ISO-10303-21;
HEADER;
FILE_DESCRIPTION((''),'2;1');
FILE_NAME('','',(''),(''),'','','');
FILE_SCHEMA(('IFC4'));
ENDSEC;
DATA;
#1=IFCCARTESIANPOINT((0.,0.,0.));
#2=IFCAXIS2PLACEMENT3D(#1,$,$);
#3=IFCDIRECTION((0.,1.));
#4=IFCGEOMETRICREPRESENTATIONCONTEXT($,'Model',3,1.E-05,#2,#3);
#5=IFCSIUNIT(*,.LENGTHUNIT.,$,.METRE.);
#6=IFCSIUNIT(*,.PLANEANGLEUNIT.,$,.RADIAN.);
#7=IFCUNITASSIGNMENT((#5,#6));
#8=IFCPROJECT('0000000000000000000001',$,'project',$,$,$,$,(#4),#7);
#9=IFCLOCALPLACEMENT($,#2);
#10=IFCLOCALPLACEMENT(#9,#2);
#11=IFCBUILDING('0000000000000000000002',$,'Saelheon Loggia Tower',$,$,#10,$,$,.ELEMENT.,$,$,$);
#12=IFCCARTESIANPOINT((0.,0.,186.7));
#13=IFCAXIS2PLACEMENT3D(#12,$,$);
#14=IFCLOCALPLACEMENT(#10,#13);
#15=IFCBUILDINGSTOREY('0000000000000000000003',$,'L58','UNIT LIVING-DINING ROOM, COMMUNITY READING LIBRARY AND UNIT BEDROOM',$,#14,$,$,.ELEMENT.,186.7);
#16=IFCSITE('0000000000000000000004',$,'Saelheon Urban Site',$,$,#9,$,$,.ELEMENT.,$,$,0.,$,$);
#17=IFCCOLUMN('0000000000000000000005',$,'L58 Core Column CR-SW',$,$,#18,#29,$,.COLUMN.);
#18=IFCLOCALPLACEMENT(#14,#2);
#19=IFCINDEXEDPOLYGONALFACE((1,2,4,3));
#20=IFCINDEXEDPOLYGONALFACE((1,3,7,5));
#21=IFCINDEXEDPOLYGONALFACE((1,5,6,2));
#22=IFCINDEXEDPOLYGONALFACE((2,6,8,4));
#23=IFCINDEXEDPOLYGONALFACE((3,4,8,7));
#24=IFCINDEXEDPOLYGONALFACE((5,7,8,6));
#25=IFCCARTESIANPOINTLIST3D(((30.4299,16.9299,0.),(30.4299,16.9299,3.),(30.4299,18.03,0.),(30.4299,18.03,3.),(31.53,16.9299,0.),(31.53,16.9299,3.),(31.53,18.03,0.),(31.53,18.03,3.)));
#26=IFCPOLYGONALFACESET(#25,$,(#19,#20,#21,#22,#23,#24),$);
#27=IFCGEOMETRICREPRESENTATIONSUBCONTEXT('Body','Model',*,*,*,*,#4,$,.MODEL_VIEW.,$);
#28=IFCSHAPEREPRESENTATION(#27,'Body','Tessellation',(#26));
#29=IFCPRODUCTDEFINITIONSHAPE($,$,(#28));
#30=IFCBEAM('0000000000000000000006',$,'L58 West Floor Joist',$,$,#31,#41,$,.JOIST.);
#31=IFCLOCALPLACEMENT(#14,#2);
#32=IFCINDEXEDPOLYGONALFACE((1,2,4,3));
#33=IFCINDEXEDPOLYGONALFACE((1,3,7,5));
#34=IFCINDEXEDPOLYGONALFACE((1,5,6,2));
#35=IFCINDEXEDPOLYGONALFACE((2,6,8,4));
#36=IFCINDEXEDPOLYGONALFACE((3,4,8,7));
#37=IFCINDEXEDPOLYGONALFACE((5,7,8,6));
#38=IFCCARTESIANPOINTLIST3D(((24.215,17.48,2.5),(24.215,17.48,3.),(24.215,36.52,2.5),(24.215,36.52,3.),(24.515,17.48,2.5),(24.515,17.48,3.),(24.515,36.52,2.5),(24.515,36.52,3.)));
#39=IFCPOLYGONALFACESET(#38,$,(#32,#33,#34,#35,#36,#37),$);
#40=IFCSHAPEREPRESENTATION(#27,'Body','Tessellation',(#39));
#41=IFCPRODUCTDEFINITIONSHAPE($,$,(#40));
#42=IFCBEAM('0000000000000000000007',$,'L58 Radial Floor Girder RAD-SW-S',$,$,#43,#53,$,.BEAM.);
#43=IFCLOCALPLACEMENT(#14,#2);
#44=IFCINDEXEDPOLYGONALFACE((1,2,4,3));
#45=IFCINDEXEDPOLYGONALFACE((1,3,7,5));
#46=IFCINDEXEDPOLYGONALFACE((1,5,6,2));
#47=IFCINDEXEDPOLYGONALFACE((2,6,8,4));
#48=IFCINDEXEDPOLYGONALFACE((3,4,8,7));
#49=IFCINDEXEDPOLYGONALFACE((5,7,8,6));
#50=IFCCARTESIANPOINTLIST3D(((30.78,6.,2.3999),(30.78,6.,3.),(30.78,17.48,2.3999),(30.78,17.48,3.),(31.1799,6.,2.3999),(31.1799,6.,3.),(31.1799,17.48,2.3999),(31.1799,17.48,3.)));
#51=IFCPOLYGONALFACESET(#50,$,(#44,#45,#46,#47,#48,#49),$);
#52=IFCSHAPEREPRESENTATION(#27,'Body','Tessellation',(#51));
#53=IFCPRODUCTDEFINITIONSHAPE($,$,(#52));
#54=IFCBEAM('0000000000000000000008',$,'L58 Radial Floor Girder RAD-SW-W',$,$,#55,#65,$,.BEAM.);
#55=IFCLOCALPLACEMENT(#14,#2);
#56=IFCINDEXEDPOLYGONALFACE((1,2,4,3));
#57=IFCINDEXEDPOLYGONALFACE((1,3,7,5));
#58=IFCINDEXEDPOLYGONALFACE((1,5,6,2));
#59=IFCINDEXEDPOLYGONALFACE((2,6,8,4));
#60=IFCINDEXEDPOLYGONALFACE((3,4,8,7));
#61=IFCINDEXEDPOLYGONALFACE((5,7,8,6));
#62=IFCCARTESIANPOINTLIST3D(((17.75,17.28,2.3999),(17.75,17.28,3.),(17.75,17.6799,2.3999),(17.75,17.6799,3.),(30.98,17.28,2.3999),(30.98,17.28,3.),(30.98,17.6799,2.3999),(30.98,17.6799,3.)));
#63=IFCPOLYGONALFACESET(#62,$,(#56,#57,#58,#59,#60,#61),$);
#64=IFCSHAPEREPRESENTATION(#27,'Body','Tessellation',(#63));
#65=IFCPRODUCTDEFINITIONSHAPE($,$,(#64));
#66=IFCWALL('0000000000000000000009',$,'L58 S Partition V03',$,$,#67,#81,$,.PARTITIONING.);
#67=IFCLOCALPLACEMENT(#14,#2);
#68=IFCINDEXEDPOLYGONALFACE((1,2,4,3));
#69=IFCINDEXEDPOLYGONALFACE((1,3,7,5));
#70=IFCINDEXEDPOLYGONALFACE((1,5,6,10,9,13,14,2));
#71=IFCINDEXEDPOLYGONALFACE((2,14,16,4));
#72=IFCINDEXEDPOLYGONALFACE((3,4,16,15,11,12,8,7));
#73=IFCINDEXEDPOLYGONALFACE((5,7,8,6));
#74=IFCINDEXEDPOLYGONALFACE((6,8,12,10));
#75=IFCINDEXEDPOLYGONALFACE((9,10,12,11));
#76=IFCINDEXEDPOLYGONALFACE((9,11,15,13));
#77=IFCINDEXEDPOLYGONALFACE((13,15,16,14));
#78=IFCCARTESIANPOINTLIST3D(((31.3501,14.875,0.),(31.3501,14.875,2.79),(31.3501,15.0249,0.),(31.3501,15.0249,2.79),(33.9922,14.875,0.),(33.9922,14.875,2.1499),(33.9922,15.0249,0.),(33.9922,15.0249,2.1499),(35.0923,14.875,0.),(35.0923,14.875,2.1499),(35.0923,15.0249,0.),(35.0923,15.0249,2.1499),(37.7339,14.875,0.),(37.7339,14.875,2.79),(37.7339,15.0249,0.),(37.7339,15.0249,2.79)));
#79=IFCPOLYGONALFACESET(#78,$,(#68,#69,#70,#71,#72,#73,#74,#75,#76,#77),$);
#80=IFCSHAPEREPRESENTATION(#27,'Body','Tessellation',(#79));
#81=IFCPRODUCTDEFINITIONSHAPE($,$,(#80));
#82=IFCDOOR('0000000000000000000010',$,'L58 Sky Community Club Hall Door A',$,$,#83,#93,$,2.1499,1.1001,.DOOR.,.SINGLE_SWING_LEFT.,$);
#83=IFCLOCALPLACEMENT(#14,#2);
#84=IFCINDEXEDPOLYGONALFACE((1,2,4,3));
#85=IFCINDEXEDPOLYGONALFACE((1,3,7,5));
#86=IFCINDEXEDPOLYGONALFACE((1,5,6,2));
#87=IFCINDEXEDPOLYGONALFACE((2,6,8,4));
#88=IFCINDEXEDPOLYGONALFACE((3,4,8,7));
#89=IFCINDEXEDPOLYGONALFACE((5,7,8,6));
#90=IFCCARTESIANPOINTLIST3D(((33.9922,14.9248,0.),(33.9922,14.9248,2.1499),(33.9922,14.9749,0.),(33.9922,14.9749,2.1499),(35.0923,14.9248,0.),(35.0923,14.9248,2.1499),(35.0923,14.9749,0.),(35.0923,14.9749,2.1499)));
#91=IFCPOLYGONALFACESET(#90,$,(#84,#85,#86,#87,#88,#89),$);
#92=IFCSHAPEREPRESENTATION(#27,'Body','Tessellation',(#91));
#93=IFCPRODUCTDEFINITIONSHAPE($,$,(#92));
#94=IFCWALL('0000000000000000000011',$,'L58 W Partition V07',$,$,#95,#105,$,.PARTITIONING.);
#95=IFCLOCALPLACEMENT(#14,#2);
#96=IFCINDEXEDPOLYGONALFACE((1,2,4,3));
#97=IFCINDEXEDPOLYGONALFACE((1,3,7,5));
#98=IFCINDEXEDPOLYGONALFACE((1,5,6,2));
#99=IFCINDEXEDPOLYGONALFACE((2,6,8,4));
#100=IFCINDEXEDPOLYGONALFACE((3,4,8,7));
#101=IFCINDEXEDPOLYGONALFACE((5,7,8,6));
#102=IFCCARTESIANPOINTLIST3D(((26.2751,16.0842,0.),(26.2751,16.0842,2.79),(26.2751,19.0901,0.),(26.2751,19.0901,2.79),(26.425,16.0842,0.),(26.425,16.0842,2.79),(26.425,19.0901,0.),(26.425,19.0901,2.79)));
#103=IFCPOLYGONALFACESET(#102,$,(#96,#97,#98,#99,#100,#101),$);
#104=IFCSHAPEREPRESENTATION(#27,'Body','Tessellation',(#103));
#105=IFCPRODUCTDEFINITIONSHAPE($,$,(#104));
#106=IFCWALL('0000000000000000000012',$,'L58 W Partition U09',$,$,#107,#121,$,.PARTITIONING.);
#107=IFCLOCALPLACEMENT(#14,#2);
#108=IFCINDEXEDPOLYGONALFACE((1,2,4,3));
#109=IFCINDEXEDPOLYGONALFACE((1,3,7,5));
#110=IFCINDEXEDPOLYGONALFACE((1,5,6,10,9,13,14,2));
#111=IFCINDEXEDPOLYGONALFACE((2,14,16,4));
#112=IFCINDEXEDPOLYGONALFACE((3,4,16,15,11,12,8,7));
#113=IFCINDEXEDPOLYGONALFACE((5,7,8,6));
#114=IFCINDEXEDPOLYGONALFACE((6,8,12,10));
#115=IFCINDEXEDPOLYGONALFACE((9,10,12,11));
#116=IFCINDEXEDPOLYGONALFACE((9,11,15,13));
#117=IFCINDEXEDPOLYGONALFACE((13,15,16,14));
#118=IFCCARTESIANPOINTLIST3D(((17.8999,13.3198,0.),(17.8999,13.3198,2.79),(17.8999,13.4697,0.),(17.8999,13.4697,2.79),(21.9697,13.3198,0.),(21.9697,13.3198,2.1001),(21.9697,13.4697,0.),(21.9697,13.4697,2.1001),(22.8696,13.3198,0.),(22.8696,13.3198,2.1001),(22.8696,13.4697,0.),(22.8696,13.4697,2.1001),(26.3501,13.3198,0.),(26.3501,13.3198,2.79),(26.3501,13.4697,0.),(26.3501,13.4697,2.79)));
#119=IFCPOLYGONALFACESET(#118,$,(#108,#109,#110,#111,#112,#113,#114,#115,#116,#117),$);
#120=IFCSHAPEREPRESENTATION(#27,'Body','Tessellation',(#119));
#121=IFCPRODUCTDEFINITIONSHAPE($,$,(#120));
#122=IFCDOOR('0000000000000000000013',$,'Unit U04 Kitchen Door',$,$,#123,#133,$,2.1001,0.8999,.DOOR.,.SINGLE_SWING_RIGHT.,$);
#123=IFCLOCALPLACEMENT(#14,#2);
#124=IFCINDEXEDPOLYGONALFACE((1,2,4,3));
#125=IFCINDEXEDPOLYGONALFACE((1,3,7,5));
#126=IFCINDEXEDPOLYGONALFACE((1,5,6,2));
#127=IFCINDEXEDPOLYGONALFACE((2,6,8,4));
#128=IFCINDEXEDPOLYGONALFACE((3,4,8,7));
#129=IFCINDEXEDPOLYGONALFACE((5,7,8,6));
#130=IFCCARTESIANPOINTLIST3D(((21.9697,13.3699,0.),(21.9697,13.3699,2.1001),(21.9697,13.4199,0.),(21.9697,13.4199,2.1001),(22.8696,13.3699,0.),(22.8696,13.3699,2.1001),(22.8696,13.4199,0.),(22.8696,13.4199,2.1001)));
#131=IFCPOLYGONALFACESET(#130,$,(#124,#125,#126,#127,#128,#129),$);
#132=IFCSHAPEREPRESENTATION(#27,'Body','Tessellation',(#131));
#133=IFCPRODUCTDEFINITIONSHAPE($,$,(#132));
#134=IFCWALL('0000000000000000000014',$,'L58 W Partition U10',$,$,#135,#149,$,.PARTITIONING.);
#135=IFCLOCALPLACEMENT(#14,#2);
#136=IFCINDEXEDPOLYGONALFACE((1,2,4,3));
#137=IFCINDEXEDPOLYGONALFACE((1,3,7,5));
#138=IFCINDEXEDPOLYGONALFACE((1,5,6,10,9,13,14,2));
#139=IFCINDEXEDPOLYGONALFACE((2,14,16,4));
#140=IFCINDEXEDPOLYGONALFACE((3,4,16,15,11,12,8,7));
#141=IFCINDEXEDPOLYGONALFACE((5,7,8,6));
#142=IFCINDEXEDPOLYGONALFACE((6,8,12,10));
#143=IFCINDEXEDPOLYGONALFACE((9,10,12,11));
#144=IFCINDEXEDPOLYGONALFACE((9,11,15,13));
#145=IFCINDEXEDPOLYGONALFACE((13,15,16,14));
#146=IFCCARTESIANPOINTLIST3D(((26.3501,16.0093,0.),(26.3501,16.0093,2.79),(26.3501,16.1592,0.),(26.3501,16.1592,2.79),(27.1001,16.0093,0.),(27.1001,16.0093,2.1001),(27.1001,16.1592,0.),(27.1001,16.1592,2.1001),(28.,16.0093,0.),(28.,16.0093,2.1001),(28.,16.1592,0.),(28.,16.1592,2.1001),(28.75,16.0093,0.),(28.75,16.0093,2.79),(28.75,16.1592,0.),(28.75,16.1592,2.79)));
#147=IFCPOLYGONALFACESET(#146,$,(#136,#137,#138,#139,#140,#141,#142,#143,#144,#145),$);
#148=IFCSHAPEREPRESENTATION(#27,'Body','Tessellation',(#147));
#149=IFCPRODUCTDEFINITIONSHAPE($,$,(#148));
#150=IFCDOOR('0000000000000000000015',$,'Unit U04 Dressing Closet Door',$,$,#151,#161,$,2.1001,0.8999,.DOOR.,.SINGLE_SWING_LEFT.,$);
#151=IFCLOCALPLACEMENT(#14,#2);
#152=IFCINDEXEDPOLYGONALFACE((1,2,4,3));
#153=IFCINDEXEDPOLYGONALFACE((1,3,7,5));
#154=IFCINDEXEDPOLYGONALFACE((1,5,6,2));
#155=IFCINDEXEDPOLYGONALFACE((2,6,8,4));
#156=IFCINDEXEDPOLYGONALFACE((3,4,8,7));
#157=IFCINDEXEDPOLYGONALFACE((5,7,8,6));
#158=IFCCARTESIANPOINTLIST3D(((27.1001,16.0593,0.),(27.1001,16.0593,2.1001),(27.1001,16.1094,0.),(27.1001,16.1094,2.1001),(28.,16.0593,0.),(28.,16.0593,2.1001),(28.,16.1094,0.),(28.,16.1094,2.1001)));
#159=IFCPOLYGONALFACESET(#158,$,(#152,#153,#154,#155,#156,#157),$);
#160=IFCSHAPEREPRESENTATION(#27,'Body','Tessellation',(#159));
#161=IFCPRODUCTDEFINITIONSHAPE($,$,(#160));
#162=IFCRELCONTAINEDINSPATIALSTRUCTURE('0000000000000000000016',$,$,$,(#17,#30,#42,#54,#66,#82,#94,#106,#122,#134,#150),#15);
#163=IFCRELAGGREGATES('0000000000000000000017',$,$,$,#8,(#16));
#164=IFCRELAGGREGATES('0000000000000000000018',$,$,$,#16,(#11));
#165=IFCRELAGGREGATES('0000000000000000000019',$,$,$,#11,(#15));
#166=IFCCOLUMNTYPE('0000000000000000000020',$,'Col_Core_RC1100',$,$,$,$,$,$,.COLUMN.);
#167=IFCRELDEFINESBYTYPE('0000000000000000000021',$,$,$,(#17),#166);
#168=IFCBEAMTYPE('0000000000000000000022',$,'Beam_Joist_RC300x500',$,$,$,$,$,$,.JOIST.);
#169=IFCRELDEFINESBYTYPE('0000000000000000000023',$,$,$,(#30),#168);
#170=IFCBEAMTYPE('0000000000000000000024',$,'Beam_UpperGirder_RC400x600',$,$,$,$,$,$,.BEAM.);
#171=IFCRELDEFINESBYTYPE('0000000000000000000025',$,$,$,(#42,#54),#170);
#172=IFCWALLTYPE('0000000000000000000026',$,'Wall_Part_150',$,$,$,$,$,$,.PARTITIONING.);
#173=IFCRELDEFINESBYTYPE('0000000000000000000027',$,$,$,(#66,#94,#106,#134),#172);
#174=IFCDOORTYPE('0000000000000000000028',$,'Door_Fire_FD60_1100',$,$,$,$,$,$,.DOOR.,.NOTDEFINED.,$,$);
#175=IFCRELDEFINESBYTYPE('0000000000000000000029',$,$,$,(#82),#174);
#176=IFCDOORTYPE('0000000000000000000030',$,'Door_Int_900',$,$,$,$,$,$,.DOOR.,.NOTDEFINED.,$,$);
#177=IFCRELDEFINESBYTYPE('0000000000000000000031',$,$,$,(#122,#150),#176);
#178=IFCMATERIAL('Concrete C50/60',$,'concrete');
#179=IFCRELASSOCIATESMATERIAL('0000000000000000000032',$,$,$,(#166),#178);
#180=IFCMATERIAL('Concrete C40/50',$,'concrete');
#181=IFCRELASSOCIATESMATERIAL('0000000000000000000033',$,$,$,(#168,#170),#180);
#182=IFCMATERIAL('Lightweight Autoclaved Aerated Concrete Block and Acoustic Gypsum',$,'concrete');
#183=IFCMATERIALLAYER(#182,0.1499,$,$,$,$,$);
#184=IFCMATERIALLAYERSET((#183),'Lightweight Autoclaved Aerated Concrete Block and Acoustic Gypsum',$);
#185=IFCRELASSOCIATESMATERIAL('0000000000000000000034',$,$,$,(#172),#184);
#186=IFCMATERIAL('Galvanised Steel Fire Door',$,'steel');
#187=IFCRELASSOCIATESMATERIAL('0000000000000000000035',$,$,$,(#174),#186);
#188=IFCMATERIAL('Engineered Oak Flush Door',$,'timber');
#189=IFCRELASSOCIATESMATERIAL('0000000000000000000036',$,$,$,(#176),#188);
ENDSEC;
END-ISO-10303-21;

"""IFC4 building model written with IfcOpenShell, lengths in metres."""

from ifc_helpers import new_model, si_unit, direction, frame, frame_2d, origin, origin_2d, place, context, subcontext, project, spatial, rectangle, extrude, source, transform, mapped, material, layer, layer_set, material_profile, profile_set, type_object, element, fill, save


model = new_model("IFC4")

# Units and contexts
model_context = context("Model", 3, precision=1e-05, world=origin(), true_north=direction((0.0, 1.0)))
body_context = subcontext(model_context, "Body", "Model", "MODEL_VIEW")
ifc_project = project(units=[si_unit("LENGTHUNIT", "METRE"), si_unit("PLANEANGLEUNIT", "RADIAN")], contexts=[model_context])

# Site, building, storey
site_placement = place(None, origin())
site = spatial("IfcSite", under=ifc_project, at=site_placement, Name="Saelheon Urban Site", CompositionType="ELEMENT", RefElevation=0.0)
building_placement = place(site_placement, origin())
building = spatial("IfcBuilding", under=site, at=building_placement, Name="Saelheon Loggia Tower", CompositionType="ELEMENT")
storey_placement = place(building_placement, frame((0.0, 0.0, 186.7)))
storey = spatial("IfcBuildingStorey", under=building, at=storey_placement, Name="L58", Description="UNIT LIVING-DINING ROOM, COMMUNITY READING LIBRARY AND UNIT BEDROOM", CompositionType="ELEMENT", Elevation=186.7)

# Column
ifc_material_1 = material(Name="Concrete C50/60", Category="concrete")
ifc_material_profile_1 = material_profile(ifc_material_1, rectangle(XDim=1.1001, YDim=1.1001, at=origin_2d()), Name="RC-1100x1100")
ifc_profile_set_1 = profile_set([ifc_material_profile_1], Name="Concrete C50/60")
column_type = type_object("IfcColumnType", Name="Col_Core_RC1100", PredefinedType="COLUMN", material=ifc_profile_set_1)
shared_shape_1 = source(origin(), body_context, "Body", "SweptSolid", [
    extrude(rectangle(XDim=1.1001, YDim=1.1001, at=origin_2d()), origin(), (0.0, 0.0, 1.0), 3.0),
])
column_placement = place(storey_placement, frame((30.98, 17.48, 0.0), z_axis=(0.0, 0.0, 1.0), x_axis=(1.0, 0.0, 0.0)))
element("IfcColumn", 1, at=column_placement, inside=storey, type_object=column_type, Name="L58 Core Column CR-SW", PredefinedType="COLUMN", context=body_context, shape_type="MappedRepresentation", body=[
    mapped(shared_shape_1, transform((0.0, 0.0, 0.0), scale=1.0)),
])

# Beams
ifc_material_2 = material(Name="Concrete C40/50", Category="concrete")
ifc_material_profile_2 = material_profile(ifc_material_2, rectangle(XDim=0.3, YDim=0.5, at=origin_2d()), Name="RC-300x500")
ifc_profile_set_2 = profile_set([ifc_material_profile_2], Name="Concrete C40/50")
beam_type_1 = type_object("IfcBeamType", Name="Beam_Joist_RC300x500", PredefinedType="JOIST", material=ifc_profile_set_2)
shared_shape_2 = source(origin(), body_context, "Body", "SweptSolid", [
    extrude(rectangle(XDim=0.3, YDim=0.5, at=origin_2d()), origin(), (0.0, 0.0, 1.0), 19.04),
])
beam_1_placement = place(storey_placement, frame((24.365, 17.48, 2.75), z_axis=(0.0, 1.0, 0.0), x_axis=(-1.0, 0.0, 0.0)))
element("IfcBeam", 2, at=beam_1_placement, inside=storey, type_object=beam_type_1, Name="L58 West Floor Joist", PredefinedType="JOIST", context=body_context, shape_type="MappedRepresentation", body=[
    mapped(shared_shape_2, transform((0.0, 0.0, 0.0), scale=1.0)),
])
ifc_material_profile_3 = material_profile(ifc_material_2, rectangle(XDim=0.3999, YDim=0.6001, at=origin_2d()), Name="RC-400x600")
ifc_profile_set_3 = profile_set([ifc_material_profile_3], Name="Concrete C40/50")
beam_type_2 = type_object("IfcBeamType", Name="Beam_UpperGirder_RC400x600", PredefinedType="BEAM", material=ifc_profile_set_3)
shared_shape_3 = source(origin(), body_context, "Body", "SweptSolid", [
    extrude(rectangle(XDim=0.3999, YDim=0.6001, at=origin_2d()), origin(), (0.0, 0.0, 1.0), 11.48),
])
beam_2_placement = place(storey_placement, frame((30.98, 17.48, 2.7), z_axis=(0.0, -1.0, 0.0), x_axis=(1.0, 0.0, 0.0)))
element("IfcBeam", 3, at=beam_2_placement, inside=storey, type_object=beam_type_2, Name="L58 Radial Floor Girder RAD-SW-S", PredefinedType="BEAM", context=body_context, shape_type="MappedRepresentation", body=[
    mapped(shared_shape_3, transform((0.0, 0.0, 0.0), scale=1.0)),
])
shared_shape_4 = source(origin(), body_context, "Body", "SweptSolid", [
    extrude(rectangle(XDim=0.3999, YDim=0.6001, at=origin_2d()), origin(), (0.0, 0.0, 1.0), 13.23),
])
beam_3_placement = place(storey_placement, frame((30.98, 17.48, 2.7), z_axis=(-1.0, 0.0, 0.0), x_axis=(0.0, -1.0, 0.0)))
element("IfcBeam", 4, at=beam_3_placement, inside=storey, type_object=beam_type_2, Name="L58 Radial Floor Girder RAD-SW-W", PredefinedType="BEAM", context=body_context, shape_type="MappedRepresentation", body=[
    mapped(shared_shape_4, transform((0.0, 0.0, 0.0), scale=1.0)),
])

# Wall, opening, door
ifc_material_3 = material(Name="Lightweight Autoclaved Aerated Concrete Block and Acoustic Gypsum", Category="concrete")
ifc_layer_1 = layer(ifc_material_3, 0.1499)
ifc_layer_set_1 = layer_set([ifc_layer_1], Name="Lightweight Autoclaved Aerated Concrete Block and Acoustic Gypsum")
wall_type_1 = type_object("IfcWallType", Name="Wall_Part_150", PredefinedType="PARTITIONING", material=ifc_layer_set_1)
wall_1_placement = place(storey_placement, frame((31.3501, 14.95, 0.0), z_axis=(0.0, 0.0, 1.0), x_axis=(1.0, 0.0, 0.0)))
wall_1 = element("IfcWall", 5, at=wall_1_placement, inside=storey, type_object=wall_type_1, Name="L58 S Partition V03", PredefinedType="PARTITIONING", context=body_context, shape_type="SweptSolid", body=[
    extrude(rectangle(XDim=6.3838, YDim=0.1499, at=frame_2d((3.1919, 0.0))), origin(), (0.0, 0.0, 1.0), 2.79),
])
opening_1_placement = place(wall_1_placement, frame((2.6421, 0.0, 0.0)))
opening_1 = element("IfcOpeningElement", 6, at=opening_1_placement, cuts=wall_1, PredefinedType="OPENING", context=body_context, shape_type="SweptSolid", body=[
    extrude(rectangle(XDim=1.1001, YDim=2.1499, at=frame_2d((0.55, 1.075))), frame((0.0, 0.0869, 0.0), z_axis=(0.0, -1.0, 0.0), x_axis=(1.0, 0.0, 0.0)), (0.0, 0.0, 1.0), 0.1738),
])
ifc_material_4 = material(Name="Galvanised Steel Fire Door", Category="steel")
door_type_1 = type_object("IfcDoorType", Name="Door_Fire_FD60_1100", OperationType="NOTDEFINED", PredefinedType="DOOR", material=ifc_material_4)
shared_shape_5 = source(origin(), body_context, "Body", "SweptSolid", [
    extrude(rectangle(XDim=1.1001, YDim=2.1499, at=frame_2d((0.55, 1.075))), frame((0.0, 0.0249, 0.0), z_axis=(0.0, -1.0, 0.0), x_axis=(1.0, 0.0, 0.0)), (0.0, 0.0, 1.0), 0.05),
])
door_1_placement = place(opening_1_placement, origin())
door_1 = element("IfcDoor", 7, at=door_1_placement, inside=storey, type_object=door_type_1, Name="L58 Sky Community Club Hall Door A", OperationType="SINGLE_SWING_LEFT", OverallHeight=2.1499, OverallWidth=1.1001, PredefinedType="DOOR", context=body_context, shape_type="MappedRepresentation", body=[
    mapped(shared_shape_5, transform((0.0, 0.0, 0.0), scale=1.0)),
])
fill(opening_1, door_1)

# Wall
wall_2_placement = place(storey_placement, frame((26.3501, 16.0842, 0.0), z_axis=(0.0, 0.0, 1.0), x_axis=(0.0, 1.0, 0.0)))
element("IfcWall", 8, at=wall_2_placement, inside=storey, type_object=wall_type_1, Name="L58 W Partition V07", PredefinedType="PARTITIONING", context=body_context, shape_type="SweptSolid", body=[
    extrude(rectangle(XDim=3.0059, YDim=0.1499, at=frame_2d((1.5029, 0.0))), origin(), (0.0, 0.0, 1.0), 2.79),
])

# Walls, openings, doors
wall_3_placement = place(storey_placement, frame((26.3501, 13.3948, 0.0), z_axis=(0.0, 0.0, 1.0), x_axis=(-1.0, 0.0, 0.0)))
wall_3 = element("IfcWall", 9, at=wall_3_placement, inside=storey, type_object=wall_type_1, Name="L58 W Partition U09", PredefinedType="PARTITIONING", context=body_context, shape_type="SweptSolid", body=[
    extrude(rectangle(XDim=8.4502, YDim=0.1499, at=frame_2d((4.2251, 0.0))), origin(), (0.0, 0.0, 1.0), 2.79),
])
opening_2_placement = place(wall_3_placement, frame((3.4805, 0.0, 0.0)))
opening_2 = element("IfcOpeningElement", 10, at=opening_2_placement, cuts=wall_3, PredefinedType="OPENING", context=body_context, shape_type="SweptSolid", body=[
    extrude(rectangle(XDim=0.8999, YDim=2.1001, at=frame_2d((0.45, 1.05))), frame((0.0, 0.0869, 0.0), z_axis=(0.0, -1.0, 0.0), x_axis=(1.0, 0.0, 0.0)), (0.0, 0.0, 1.0), 0.1738),
])
ifc_material_5 = material(Name="Engineered Oak Flush Door", Category="timber")
door_type_2 = type_object("IfcDoorType", Name="Door_Int_900", OperationType="NOTDEFINED", PredefinedType="DOOR", material=ifc_material_5)
shared_shape_6 = source(origin(), body_context, "Body", "SweptSolid", [
    extrude(rectangle(XDim=0.8999, YDim=2.1001, at=frame_2d((0.45, 1.05))), frame((0.0, 0.0249, 0.0), z_axis=(0.0, -1.0, 0.0), x_axis=(1.0, 0.0, 0.0)), (0.0, 0.0, 1.0), 0.05),
])
door_2_placement = place(opening_2_placement, origin())
door_2 = element("IfcDoor", 11, at=door_2_placement, inside=storey, type_object=door_type_2, Name="Unit U04 Kitchen Door", OperationType="SINGLE_SWING_RIGHT", OverallHeight=2.1001, OverallWidth=0.8999, PredefinedType="DOOR", context=body_context, shape_type="MappedRepresentation", body=[
    mapped(shared_shape_6, transform((0.0, 0.0, 0.0), scale=1.0)),
])
fill(opening_2, door_2)
wall_4_placement = place(storey_placement, frame((28.75, 16.0842, 0.0), z_axis=(0.0, 0.0, 1.0), x_axis=(-1.0, 0.0, 0.0)))
wall_4 = element("IfcWall", 12, at=wall_4_placement, inside=storey, type_object=wall_type_1, Name="L58 W Partition U10", PredefinedType="PARTITIONING", context=body_context, shape_type="SweptSolid", body=[
    extrude(rectangle(XDim=2.3999, YDim=0.1499, at=frame_2d((1.2, 0.0))), origin(), (0.0, 0.0, 1.0), 2.79),
])
opening_3_placement = place(wall_4_placement, frame((0.75, 0.0, 0.0)))
opening_3 = element("IfcOpeningElement", 13, at=opening_3_placement, cuts=wall_4, PredefinedType="OPENING", context=body_context, shape_type="SweptSolid", body=[
    extrude(rectangle(XDim=0.8999, YDim=2.1001, at=frame_2d((0.45, 1.05))), frame((0.0, 0.0869, 0.0), z_axis=(0.0, -1.0, 0.0), x_axis=(1.0, 0.0, 0.0)), (0.0, 0.0, 1.0), 0.1738),
])
door_3_placement = place(opening_3_placement, origin())
door_3 = element("IfcDoor", 14, at=door_3_placement, inside=storey, type_object=door_type_2, Name="Unit U04 Dressing Closet Door", OperationType="SINGLE_SWING_LEFT", OverallHeight=2.1001, OverallWidth=0.8999, PredefinedType="DOOR", context=body_context, shape_type="MappedRepresentation", body=[
    mapped(shared_shape_6, transform((0.0, 0.0, 0.0), scale=1.0)),
])
fill(opening_3, door_3)

save(model, "model.ifc")
